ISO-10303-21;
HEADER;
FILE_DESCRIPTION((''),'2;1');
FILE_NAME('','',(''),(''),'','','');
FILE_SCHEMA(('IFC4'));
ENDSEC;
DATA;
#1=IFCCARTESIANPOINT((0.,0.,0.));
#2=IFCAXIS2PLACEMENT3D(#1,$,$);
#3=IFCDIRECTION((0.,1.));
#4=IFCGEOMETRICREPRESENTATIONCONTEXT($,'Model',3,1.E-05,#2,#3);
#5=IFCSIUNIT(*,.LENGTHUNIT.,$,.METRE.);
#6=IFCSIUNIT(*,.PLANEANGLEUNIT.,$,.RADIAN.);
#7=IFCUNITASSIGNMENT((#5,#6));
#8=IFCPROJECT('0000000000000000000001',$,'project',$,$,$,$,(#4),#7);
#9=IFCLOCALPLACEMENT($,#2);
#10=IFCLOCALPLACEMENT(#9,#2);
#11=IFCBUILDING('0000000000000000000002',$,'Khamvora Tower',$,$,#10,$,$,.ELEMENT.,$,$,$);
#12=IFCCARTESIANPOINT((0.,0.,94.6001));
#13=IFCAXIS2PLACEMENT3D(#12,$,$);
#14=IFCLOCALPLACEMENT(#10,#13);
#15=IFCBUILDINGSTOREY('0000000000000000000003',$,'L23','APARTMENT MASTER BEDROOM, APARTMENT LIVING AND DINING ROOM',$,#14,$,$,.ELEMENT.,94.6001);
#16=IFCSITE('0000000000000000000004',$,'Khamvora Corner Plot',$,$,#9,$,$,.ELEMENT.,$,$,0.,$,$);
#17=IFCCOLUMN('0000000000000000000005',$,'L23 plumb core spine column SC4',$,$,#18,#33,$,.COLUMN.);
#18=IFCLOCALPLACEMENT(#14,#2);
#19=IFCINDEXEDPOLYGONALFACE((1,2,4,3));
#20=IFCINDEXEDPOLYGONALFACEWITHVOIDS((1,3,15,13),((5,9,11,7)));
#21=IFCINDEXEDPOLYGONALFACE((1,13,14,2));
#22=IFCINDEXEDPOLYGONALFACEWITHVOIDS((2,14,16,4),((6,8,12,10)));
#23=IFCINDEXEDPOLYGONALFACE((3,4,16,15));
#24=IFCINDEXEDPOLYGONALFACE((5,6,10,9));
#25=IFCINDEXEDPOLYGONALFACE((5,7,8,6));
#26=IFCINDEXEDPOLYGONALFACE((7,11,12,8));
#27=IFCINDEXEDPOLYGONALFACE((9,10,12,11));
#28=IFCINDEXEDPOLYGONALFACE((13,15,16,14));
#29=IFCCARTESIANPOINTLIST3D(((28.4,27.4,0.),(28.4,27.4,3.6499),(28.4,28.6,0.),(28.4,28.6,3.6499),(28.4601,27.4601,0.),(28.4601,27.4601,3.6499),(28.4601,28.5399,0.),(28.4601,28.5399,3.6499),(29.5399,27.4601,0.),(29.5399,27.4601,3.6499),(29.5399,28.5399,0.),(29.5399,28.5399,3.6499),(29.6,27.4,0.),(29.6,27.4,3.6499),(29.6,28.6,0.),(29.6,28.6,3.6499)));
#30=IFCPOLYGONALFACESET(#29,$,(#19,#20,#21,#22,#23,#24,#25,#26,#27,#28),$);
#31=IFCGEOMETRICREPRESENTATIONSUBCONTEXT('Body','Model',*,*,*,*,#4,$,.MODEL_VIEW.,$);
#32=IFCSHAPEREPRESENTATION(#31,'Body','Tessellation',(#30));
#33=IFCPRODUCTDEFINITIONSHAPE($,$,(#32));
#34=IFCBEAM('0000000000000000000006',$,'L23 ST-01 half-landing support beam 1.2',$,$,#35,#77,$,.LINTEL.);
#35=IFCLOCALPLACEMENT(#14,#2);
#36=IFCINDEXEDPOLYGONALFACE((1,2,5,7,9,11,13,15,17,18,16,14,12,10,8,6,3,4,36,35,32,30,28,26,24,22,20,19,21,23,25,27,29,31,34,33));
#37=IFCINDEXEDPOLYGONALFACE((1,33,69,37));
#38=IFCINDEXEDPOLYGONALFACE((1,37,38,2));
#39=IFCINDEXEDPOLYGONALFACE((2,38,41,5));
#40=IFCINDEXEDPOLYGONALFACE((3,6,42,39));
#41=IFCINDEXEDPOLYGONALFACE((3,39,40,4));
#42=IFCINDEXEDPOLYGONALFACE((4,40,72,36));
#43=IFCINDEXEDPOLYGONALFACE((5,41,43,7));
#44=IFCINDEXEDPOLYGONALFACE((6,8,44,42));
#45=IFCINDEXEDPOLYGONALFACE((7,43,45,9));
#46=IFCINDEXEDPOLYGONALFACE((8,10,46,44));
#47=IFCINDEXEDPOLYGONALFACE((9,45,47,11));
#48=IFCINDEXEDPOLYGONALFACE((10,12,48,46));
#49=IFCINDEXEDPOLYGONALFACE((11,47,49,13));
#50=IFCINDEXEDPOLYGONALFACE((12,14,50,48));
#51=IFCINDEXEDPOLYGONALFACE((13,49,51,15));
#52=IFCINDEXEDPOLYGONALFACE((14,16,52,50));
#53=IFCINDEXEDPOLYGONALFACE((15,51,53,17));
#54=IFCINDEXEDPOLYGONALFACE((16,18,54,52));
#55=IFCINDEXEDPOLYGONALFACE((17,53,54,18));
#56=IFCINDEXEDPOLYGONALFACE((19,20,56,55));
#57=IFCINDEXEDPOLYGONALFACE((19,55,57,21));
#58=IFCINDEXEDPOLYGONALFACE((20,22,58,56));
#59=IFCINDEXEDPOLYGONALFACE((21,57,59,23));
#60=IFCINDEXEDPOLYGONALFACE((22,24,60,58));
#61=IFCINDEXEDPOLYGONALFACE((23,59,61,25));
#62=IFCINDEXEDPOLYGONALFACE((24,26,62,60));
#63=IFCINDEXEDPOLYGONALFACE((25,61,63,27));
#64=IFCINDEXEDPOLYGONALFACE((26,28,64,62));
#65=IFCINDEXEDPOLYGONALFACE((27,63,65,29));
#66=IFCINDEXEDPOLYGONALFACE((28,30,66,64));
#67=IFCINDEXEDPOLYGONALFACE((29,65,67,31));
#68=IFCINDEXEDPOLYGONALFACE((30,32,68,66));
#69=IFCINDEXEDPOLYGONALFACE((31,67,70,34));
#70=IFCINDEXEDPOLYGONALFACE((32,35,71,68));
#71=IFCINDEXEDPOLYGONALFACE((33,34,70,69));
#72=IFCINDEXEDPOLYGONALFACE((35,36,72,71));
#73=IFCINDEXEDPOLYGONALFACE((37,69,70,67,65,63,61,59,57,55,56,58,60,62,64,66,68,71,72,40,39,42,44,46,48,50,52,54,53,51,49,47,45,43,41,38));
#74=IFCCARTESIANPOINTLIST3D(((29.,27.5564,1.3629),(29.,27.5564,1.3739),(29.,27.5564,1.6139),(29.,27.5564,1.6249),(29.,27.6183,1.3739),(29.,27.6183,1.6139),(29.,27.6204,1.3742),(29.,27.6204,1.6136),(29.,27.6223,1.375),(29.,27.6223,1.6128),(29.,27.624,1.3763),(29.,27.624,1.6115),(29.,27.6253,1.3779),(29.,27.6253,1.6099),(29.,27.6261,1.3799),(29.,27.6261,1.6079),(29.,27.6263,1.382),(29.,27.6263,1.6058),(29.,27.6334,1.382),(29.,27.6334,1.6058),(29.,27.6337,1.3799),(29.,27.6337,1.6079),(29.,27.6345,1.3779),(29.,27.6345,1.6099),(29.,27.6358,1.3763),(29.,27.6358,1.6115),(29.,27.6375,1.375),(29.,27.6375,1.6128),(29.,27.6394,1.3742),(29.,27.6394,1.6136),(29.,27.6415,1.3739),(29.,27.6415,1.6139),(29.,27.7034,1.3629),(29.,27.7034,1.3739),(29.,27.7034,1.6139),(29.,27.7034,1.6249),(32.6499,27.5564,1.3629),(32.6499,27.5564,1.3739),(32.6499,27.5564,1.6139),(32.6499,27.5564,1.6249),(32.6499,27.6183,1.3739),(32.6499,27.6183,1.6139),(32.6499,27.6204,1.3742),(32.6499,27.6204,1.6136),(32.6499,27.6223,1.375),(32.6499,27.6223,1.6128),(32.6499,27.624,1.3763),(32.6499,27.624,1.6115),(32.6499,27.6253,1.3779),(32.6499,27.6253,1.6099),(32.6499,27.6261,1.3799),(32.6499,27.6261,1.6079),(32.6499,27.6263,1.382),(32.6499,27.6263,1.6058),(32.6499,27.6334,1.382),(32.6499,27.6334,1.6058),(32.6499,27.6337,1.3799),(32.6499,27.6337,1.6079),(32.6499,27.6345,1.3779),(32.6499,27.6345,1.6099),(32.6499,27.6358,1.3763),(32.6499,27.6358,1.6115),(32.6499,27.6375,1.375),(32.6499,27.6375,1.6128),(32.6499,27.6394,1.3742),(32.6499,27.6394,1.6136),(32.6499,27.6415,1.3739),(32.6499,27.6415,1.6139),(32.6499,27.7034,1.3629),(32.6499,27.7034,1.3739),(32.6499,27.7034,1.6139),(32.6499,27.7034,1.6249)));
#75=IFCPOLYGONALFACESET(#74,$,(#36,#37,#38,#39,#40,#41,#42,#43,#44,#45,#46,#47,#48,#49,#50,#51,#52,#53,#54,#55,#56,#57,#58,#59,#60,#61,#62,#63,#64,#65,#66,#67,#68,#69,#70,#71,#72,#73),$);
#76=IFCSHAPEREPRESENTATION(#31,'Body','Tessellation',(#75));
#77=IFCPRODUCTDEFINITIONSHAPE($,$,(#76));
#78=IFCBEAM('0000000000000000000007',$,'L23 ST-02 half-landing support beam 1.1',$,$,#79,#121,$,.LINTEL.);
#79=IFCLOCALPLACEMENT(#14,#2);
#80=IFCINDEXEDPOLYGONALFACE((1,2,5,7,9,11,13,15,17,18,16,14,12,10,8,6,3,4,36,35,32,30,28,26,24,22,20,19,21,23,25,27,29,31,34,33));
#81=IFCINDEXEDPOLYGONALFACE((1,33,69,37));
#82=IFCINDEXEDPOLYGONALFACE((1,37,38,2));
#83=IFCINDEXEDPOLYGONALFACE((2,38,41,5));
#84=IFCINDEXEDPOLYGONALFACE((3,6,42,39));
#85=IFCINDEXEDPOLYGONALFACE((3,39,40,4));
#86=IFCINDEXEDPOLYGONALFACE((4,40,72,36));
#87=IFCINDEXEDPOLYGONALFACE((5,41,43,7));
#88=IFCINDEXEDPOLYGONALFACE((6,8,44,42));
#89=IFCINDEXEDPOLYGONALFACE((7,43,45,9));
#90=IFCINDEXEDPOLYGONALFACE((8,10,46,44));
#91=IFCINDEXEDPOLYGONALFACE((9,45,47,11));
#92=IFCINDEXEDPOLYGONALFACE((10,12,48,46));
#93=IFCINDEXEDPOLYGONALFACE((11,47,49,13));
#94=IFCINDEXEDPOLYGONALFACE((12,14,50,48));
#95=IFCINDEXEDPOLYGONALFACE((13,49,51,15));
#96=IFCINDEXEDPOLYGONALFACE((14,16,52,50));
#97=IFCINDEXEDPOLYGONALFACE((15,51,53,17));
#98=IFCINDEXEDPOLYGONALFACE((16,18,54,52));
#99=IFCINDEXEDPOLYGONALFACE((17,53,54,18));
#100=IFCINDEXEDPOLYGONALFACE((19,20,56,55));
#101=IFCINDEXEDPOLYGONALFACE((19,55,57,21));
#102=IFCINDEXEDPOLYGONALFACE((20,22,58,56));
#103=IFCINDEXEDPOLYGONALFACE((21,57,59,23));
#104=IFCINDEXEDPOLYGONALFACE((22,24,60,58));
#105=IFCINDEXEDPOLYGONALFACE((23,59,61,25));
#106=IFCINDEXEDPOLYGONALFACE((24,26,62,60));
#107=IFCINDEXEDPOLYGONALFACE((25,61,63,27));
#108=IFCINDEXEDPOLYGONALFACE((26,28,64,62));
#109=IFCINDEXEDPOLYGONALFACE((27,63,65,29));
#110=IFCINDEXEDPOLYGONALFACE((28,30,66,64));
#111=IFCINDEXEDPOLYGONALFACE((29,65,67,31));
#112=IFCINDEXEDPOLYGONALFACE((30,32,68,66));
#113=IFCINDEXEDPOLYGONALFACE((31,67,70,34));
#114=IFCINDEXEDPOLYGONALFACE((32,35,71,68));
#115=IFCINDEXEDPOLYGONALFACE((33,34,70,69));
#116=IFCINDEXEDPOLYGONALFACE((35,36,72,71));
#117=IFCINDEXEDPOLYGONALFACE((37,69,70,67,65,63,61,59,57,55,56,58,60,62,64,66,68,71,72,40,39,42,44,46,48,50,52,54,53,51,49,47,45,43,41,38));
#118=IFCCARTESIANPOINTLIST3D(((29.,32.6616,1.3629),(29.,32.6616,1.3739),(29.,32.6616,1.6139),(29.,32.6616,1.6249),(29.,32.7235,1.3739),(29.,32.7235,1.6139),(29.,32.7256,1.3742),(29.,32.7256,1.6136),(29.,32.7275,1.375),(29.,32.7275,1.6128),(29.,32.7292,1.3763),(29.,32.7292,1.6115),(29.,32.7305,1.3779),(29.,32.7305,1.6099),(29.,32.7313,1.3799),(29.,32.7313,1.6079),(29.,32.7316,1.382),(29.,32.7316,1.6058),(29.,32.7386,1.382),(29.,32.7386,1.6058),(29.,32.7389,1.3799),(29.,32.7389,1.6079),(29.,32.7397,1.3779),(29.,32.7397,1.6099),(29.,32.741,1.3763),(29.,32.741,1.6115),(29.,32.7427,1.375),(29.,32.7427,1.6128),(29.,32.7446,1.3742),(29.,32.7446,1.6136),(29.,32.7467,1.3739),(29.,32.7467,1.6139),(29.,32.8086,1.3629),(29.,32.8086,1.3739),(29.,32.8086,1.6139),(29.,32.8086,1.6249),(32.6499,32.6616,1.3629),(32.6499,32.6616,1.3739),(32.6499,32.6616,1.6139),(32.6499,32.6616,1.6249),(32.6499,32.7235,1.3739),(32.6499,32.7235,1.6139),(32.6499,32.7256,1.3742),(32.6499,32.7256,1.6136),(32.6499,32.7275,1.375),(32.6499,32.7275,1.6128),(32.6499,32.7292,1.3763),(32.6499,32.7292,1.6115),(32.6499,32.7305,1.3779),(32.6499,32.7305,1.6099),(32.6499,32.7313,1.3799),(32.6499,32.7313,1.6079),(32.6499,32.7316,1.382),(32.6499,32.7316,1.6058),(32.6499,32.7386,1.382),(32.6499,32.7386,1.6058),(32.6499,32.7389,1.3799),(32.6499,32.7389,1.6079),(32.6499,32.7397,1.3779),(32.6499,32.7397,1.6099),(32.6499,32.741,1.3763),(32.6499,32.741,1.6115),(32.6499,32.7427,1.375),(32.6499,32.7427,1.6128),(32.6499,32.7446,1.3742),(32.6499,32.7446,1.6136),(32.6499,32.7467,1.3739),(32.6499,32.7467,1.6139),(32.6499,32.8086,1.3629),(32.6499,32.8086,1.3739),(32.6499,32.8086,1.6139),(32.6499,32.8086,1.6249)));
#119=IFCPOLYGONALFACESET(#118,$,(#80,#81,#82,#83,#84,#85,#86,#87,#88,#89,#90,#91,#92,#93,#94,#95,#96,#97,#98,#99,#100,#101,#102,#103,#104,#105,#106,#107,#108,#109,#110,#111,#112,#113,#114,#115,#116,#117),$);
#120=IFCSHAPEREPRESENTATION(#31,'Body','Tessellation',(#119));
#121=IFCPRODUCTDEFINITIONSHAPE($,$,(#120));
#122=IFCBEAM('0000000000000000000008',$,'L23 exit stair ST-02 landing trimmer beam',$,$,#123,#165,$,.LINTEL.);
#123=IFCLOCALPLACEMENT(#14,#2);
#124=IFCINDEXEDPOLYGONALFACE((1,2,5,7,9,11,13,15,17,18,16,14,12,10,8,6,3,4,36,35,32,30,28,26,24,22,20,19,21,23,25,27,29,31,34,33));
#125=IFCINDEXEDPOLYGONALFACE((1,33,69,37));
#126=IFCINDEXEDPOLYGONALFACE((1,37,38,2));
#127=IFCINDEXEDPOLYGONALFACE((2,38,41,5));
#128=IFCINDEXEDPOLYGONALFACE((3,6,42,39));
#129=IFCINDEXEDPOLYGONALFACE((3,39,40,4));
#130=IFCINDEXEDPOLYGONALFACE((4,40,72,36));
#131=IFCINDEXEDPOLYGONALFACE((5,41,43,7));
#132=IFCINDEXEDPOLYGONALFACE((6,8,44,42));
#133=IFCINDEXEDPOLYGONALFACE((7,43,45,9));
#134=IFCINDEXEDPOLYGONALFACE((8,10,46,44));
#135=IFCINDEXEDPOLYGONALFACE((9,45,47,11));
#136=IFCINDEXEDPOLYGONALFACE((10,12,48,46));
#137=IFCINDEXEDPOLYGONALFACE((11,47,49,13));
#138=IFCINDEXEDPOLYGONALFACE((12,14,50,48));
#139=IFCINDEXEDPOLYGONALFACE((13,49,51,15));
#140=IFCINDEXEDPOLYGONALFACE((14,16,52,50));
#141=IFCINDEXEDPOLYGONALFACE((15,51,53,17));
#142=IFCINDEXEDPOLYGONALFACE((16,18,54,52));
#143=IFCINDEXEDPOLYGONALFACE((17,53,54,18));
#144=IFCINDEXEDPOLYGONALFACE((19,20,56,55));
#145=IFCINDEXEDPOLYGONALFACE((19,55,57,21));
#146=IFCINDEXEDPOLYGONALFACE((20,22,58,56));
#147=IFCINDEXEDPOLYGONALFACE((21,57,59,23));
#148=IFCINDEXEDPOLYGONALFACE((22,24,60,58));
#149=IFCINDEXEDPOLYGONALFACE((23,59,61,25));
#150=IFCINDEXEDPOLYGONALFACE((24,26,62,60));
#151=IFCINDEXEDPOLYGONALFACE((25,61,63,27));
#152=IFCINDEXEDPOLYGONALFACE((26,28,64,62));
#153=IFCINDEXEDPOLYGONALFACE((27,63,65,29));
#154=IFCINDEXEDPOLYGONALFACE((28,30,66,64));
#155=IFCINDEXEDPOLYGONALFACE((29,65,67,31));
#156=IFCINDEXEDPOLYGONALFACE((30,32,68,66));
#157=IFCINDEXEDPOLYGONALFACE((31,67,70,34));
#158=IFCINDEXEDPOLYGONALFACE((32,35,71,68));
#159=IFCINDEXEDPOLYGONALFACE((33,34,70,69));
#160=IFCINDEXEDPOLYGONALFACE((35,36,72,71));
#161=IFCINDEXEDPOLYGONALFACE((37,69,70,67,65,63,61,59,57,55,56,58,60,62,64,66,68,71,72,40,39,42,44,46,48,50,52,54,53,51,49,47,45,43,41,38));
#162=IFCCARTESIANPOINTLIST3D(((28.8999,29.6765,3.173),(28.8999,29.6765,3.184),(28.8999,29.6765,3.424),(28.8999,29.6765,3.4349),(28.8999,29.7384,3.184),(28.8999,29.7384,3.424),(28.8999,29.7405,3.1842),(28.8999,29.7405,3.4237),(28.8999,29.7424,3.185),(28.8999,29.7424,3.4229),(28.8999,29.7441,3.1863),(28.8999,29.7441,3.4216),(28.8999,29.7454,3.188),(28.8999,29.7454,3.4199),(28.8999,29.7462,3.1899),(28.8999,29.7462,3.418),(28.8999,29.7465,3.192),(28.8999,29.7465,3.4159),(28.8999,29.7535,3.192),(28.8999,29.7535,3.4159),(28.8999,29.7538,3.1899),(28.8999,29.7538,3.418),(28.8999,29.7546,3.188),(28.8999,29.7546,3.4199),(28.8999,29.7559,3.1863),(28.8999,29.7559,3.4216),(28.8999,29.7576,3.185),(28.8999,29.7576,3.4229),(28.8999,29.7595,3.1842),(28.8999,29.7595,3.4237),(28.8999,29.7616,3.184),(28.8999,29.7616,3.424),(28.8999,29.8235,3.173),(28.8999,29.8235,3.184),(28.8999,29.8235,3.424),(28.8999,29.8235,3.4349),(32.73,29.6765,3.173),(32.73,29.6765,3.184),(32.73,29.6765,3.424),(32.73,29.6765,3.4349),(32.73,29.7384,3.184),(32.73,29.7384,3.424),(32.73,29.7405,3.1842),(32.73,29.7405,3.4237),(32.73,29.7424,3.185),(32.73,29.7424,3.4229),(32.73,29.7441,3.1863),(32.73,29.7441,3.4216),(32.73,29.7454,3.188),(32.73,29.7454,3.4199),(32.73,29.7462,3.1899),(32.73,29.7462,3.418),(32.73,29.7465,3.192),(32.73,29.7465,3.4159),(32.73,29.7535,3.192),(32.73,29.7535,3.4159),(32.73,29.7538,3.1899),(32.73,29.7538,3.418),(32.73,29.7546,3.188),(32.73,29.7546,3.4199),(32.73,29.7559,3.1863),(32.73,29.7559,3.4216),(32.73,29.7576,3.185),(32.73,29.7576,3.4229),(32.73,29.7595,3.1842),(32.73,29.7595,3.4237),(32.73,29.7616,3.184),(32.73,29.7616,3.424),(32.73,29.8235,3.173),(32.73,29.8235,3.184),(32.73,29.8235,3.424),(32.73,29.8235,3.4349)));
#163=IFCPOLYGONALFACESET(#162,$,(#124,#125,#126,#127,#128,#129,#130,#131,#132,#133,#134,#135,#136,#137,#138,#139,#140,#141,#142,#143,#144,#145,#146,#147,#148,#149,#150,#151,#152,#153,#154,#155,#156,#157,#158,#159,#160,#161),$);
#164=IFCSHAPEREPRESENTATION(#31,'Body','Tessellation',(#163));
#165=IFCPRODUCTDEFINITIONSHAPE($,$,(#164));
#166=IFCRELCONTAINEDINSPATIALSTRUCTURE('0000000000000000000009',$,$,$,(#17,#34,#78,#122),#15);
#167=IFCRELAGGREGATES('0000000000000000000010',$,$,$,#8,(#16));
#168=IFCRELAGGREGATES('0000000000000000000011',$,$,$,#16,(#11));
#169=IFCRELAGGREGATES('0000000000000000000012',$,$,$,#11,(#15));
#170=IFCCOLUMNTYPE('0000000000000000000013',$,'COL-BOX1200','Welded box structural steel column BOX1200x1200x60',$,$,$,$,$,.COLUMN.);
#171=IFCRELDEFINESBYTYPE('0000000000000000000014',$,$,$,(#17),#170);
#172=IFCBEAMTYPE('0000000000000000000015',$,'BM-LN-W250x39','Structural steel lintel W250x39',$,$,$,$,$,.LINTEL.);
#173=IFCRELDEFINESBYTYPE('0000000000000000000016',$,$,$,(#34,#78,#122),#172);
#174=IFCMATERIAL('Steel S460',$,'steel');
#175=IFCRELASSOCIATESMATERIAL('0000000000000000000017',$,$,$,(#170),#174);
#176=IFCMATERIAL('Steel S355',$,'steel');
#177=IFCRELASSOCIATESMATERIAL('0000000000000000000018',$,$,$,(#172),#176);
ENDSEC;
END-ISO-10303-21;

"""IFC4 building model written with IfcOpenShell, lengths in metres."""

from ifc_helpers import new_model, si_unit, direction, frame, origin, origin_2d, place, context, subcontext, project, spatial, hollow_rectangle, i_section, extrude, material, material_profile, profile_set, type_object, element, save


model = new_model("IFC4")

# Units and contexts
model_context = context("Model", 3, precision=1e-05, world=origin(), true_north=direction((0.0, 1.0)))
body_context = subcontext(model_context, "Body", "Model", "MODEL_VIEW")
ifc_project = project(units=[si_unit("LENGTHUNIT", "METRE"), si_unit("PLANEANGLEUNIT", "RADIAN")], contexts=[model_context])

# Site, building, storey
site_placement = place(None, origin())
site = spatial("IfcSite", under=ifc_project, at=site_placement, Name="Khamvora Corner Plot", CompositionType="ELEMENT", RefElevation=0.0)
building_placement = place(site_placement, origin())
building = spatial("IfcBuilding", under=site, at=building_placement, Name="Khamvora Tower", CompositionType="ELEMENT")
storey_placement = place(building_placement, frame((0.0, 0.0, 94.6001)))
storey = spatial("IfcBuildingStorey", under=building, at=storey_placement, Name="L23", Description="APARTMENT MASTER BEDROOM, APARTMENT LIVING AND DINING ROOM", CompositionType="ELEMENT", Elevation=94.6001)

# Column
ifc_material_1 = material(Name="Steel S460", Category="steel")
ifc_material_profile_1 = material_profile(ifc_material_1, hollow_rectangle(XDim=1.2, YDim=1.2, WallThickness=0.0601, at=origin_2d()), Name="BOX1200x1200x60")
ifc_profile_set_1 = profile_set([ifc_material_profile_1], Name="Steel S460")
column_type = type_object("IfcColumnType", Name="COL-BOX1200", Description="Welded box structural steel column BOX1200x1200x60", PredefinedType="COLUMN", material=ifc_profile_set_1)
column_placement = place(storey_placement, frame((29.0, 28.0, 0.0), z_axis=(0.0, 0.0, 1.0), x_axis=(1.0, 0.0, 0.0)))
element("IfcColumn", 1, at=column_placement, inside=storey, type_object=column_type, Name="L23 plumb core spine column SC4", PredefinedType="COLUMN", context=body_context, shape_type="SweptSolid", body=[
    extrude(hollow_rectangle(XDim=1.2, YDim=1.2, WallThickness=0.0601, at=origin_2d()), origin(), (0.0, 0.0, 1.0), 3.6499),
])

# Beams
ifc_material_2 = material(Name="Steel S355", Category="steel")
ifc_material_profile_2 = material_profile(ifc_material_2, i_section(OverallWidth=0.147, OverallDepth=0.262, WebThickness=0.0071, FlangeThickness=0.011, FilletRadius=0.0081, at=origin_2d()), Name="W250x39")
ifc_profile_set_2 = profile_set([ifc_material_profile_2], Name="Steel S355")
beam_type_1 = type_object("IfcBeamType", Name="BM-LN-W250x39", Description="Structural steel lintel W250x39", PredefinedType="LINTEL", material=ifc_profile_set_2)
for number, where, z_axis, x_axis, name in (
    (2, (29.0, 27.6299, 1.4939), (1.0, 0.0, 0.0), (0.0, 1.0, 0.0), "L23 ST-01 half-landing support beam 1.2"),
    (3, (29.0, 32.7351, 1.4939), (1.0, 0.0, 0.0), (0.0, 1.0, 0.0), "L23 ST-02 half-landing support beam 1.1"),
):
    element("IfcBeam", number, at=place(storey_placement, frame(where, z_axis=z_axis, x_axis=x_axis)), inside=storey, type_object=beam_type_1, Name=name, PredefinedType="LINTEL", context=body_context, shape_type="SweptSolid", body=[
        extrude(i_section(OverallWidth=0.147, OverallDepth=0.262, WebThickness=0.0071, FlangeThickness=0.011, FilletRadius=0.0081, at=origin_2d()), origin(), (0.0, 0.0, 1.0), 3.6499),
    ])
beam_1_placement = place(storey_placement, frame((28.8999, 29.75, 3.304), z_axis=(1.0, 0.0, 0.0), x_axis=(0.0, 1.0, 0.0)))
element("IfcBeam", 4, at=beam_1_placement, inside=storey, type_object=beam_type_1, Name="L23 exit stair ST-02 landing trimmer beam", PredefinedType="LINTEL", context=body_context, shape_type="SweptSolid", body=[
    extrude(i_section(OverallWidth=0.147, OverallDepth=0.262, WebThickness=0.0071, FlangeThickness=0.011, FilletRadius=0.0081, at=origin_2d()), origin(), (0.0, 0.0, 1.0), 3.8301),
])

save(model, "model.ifc")
